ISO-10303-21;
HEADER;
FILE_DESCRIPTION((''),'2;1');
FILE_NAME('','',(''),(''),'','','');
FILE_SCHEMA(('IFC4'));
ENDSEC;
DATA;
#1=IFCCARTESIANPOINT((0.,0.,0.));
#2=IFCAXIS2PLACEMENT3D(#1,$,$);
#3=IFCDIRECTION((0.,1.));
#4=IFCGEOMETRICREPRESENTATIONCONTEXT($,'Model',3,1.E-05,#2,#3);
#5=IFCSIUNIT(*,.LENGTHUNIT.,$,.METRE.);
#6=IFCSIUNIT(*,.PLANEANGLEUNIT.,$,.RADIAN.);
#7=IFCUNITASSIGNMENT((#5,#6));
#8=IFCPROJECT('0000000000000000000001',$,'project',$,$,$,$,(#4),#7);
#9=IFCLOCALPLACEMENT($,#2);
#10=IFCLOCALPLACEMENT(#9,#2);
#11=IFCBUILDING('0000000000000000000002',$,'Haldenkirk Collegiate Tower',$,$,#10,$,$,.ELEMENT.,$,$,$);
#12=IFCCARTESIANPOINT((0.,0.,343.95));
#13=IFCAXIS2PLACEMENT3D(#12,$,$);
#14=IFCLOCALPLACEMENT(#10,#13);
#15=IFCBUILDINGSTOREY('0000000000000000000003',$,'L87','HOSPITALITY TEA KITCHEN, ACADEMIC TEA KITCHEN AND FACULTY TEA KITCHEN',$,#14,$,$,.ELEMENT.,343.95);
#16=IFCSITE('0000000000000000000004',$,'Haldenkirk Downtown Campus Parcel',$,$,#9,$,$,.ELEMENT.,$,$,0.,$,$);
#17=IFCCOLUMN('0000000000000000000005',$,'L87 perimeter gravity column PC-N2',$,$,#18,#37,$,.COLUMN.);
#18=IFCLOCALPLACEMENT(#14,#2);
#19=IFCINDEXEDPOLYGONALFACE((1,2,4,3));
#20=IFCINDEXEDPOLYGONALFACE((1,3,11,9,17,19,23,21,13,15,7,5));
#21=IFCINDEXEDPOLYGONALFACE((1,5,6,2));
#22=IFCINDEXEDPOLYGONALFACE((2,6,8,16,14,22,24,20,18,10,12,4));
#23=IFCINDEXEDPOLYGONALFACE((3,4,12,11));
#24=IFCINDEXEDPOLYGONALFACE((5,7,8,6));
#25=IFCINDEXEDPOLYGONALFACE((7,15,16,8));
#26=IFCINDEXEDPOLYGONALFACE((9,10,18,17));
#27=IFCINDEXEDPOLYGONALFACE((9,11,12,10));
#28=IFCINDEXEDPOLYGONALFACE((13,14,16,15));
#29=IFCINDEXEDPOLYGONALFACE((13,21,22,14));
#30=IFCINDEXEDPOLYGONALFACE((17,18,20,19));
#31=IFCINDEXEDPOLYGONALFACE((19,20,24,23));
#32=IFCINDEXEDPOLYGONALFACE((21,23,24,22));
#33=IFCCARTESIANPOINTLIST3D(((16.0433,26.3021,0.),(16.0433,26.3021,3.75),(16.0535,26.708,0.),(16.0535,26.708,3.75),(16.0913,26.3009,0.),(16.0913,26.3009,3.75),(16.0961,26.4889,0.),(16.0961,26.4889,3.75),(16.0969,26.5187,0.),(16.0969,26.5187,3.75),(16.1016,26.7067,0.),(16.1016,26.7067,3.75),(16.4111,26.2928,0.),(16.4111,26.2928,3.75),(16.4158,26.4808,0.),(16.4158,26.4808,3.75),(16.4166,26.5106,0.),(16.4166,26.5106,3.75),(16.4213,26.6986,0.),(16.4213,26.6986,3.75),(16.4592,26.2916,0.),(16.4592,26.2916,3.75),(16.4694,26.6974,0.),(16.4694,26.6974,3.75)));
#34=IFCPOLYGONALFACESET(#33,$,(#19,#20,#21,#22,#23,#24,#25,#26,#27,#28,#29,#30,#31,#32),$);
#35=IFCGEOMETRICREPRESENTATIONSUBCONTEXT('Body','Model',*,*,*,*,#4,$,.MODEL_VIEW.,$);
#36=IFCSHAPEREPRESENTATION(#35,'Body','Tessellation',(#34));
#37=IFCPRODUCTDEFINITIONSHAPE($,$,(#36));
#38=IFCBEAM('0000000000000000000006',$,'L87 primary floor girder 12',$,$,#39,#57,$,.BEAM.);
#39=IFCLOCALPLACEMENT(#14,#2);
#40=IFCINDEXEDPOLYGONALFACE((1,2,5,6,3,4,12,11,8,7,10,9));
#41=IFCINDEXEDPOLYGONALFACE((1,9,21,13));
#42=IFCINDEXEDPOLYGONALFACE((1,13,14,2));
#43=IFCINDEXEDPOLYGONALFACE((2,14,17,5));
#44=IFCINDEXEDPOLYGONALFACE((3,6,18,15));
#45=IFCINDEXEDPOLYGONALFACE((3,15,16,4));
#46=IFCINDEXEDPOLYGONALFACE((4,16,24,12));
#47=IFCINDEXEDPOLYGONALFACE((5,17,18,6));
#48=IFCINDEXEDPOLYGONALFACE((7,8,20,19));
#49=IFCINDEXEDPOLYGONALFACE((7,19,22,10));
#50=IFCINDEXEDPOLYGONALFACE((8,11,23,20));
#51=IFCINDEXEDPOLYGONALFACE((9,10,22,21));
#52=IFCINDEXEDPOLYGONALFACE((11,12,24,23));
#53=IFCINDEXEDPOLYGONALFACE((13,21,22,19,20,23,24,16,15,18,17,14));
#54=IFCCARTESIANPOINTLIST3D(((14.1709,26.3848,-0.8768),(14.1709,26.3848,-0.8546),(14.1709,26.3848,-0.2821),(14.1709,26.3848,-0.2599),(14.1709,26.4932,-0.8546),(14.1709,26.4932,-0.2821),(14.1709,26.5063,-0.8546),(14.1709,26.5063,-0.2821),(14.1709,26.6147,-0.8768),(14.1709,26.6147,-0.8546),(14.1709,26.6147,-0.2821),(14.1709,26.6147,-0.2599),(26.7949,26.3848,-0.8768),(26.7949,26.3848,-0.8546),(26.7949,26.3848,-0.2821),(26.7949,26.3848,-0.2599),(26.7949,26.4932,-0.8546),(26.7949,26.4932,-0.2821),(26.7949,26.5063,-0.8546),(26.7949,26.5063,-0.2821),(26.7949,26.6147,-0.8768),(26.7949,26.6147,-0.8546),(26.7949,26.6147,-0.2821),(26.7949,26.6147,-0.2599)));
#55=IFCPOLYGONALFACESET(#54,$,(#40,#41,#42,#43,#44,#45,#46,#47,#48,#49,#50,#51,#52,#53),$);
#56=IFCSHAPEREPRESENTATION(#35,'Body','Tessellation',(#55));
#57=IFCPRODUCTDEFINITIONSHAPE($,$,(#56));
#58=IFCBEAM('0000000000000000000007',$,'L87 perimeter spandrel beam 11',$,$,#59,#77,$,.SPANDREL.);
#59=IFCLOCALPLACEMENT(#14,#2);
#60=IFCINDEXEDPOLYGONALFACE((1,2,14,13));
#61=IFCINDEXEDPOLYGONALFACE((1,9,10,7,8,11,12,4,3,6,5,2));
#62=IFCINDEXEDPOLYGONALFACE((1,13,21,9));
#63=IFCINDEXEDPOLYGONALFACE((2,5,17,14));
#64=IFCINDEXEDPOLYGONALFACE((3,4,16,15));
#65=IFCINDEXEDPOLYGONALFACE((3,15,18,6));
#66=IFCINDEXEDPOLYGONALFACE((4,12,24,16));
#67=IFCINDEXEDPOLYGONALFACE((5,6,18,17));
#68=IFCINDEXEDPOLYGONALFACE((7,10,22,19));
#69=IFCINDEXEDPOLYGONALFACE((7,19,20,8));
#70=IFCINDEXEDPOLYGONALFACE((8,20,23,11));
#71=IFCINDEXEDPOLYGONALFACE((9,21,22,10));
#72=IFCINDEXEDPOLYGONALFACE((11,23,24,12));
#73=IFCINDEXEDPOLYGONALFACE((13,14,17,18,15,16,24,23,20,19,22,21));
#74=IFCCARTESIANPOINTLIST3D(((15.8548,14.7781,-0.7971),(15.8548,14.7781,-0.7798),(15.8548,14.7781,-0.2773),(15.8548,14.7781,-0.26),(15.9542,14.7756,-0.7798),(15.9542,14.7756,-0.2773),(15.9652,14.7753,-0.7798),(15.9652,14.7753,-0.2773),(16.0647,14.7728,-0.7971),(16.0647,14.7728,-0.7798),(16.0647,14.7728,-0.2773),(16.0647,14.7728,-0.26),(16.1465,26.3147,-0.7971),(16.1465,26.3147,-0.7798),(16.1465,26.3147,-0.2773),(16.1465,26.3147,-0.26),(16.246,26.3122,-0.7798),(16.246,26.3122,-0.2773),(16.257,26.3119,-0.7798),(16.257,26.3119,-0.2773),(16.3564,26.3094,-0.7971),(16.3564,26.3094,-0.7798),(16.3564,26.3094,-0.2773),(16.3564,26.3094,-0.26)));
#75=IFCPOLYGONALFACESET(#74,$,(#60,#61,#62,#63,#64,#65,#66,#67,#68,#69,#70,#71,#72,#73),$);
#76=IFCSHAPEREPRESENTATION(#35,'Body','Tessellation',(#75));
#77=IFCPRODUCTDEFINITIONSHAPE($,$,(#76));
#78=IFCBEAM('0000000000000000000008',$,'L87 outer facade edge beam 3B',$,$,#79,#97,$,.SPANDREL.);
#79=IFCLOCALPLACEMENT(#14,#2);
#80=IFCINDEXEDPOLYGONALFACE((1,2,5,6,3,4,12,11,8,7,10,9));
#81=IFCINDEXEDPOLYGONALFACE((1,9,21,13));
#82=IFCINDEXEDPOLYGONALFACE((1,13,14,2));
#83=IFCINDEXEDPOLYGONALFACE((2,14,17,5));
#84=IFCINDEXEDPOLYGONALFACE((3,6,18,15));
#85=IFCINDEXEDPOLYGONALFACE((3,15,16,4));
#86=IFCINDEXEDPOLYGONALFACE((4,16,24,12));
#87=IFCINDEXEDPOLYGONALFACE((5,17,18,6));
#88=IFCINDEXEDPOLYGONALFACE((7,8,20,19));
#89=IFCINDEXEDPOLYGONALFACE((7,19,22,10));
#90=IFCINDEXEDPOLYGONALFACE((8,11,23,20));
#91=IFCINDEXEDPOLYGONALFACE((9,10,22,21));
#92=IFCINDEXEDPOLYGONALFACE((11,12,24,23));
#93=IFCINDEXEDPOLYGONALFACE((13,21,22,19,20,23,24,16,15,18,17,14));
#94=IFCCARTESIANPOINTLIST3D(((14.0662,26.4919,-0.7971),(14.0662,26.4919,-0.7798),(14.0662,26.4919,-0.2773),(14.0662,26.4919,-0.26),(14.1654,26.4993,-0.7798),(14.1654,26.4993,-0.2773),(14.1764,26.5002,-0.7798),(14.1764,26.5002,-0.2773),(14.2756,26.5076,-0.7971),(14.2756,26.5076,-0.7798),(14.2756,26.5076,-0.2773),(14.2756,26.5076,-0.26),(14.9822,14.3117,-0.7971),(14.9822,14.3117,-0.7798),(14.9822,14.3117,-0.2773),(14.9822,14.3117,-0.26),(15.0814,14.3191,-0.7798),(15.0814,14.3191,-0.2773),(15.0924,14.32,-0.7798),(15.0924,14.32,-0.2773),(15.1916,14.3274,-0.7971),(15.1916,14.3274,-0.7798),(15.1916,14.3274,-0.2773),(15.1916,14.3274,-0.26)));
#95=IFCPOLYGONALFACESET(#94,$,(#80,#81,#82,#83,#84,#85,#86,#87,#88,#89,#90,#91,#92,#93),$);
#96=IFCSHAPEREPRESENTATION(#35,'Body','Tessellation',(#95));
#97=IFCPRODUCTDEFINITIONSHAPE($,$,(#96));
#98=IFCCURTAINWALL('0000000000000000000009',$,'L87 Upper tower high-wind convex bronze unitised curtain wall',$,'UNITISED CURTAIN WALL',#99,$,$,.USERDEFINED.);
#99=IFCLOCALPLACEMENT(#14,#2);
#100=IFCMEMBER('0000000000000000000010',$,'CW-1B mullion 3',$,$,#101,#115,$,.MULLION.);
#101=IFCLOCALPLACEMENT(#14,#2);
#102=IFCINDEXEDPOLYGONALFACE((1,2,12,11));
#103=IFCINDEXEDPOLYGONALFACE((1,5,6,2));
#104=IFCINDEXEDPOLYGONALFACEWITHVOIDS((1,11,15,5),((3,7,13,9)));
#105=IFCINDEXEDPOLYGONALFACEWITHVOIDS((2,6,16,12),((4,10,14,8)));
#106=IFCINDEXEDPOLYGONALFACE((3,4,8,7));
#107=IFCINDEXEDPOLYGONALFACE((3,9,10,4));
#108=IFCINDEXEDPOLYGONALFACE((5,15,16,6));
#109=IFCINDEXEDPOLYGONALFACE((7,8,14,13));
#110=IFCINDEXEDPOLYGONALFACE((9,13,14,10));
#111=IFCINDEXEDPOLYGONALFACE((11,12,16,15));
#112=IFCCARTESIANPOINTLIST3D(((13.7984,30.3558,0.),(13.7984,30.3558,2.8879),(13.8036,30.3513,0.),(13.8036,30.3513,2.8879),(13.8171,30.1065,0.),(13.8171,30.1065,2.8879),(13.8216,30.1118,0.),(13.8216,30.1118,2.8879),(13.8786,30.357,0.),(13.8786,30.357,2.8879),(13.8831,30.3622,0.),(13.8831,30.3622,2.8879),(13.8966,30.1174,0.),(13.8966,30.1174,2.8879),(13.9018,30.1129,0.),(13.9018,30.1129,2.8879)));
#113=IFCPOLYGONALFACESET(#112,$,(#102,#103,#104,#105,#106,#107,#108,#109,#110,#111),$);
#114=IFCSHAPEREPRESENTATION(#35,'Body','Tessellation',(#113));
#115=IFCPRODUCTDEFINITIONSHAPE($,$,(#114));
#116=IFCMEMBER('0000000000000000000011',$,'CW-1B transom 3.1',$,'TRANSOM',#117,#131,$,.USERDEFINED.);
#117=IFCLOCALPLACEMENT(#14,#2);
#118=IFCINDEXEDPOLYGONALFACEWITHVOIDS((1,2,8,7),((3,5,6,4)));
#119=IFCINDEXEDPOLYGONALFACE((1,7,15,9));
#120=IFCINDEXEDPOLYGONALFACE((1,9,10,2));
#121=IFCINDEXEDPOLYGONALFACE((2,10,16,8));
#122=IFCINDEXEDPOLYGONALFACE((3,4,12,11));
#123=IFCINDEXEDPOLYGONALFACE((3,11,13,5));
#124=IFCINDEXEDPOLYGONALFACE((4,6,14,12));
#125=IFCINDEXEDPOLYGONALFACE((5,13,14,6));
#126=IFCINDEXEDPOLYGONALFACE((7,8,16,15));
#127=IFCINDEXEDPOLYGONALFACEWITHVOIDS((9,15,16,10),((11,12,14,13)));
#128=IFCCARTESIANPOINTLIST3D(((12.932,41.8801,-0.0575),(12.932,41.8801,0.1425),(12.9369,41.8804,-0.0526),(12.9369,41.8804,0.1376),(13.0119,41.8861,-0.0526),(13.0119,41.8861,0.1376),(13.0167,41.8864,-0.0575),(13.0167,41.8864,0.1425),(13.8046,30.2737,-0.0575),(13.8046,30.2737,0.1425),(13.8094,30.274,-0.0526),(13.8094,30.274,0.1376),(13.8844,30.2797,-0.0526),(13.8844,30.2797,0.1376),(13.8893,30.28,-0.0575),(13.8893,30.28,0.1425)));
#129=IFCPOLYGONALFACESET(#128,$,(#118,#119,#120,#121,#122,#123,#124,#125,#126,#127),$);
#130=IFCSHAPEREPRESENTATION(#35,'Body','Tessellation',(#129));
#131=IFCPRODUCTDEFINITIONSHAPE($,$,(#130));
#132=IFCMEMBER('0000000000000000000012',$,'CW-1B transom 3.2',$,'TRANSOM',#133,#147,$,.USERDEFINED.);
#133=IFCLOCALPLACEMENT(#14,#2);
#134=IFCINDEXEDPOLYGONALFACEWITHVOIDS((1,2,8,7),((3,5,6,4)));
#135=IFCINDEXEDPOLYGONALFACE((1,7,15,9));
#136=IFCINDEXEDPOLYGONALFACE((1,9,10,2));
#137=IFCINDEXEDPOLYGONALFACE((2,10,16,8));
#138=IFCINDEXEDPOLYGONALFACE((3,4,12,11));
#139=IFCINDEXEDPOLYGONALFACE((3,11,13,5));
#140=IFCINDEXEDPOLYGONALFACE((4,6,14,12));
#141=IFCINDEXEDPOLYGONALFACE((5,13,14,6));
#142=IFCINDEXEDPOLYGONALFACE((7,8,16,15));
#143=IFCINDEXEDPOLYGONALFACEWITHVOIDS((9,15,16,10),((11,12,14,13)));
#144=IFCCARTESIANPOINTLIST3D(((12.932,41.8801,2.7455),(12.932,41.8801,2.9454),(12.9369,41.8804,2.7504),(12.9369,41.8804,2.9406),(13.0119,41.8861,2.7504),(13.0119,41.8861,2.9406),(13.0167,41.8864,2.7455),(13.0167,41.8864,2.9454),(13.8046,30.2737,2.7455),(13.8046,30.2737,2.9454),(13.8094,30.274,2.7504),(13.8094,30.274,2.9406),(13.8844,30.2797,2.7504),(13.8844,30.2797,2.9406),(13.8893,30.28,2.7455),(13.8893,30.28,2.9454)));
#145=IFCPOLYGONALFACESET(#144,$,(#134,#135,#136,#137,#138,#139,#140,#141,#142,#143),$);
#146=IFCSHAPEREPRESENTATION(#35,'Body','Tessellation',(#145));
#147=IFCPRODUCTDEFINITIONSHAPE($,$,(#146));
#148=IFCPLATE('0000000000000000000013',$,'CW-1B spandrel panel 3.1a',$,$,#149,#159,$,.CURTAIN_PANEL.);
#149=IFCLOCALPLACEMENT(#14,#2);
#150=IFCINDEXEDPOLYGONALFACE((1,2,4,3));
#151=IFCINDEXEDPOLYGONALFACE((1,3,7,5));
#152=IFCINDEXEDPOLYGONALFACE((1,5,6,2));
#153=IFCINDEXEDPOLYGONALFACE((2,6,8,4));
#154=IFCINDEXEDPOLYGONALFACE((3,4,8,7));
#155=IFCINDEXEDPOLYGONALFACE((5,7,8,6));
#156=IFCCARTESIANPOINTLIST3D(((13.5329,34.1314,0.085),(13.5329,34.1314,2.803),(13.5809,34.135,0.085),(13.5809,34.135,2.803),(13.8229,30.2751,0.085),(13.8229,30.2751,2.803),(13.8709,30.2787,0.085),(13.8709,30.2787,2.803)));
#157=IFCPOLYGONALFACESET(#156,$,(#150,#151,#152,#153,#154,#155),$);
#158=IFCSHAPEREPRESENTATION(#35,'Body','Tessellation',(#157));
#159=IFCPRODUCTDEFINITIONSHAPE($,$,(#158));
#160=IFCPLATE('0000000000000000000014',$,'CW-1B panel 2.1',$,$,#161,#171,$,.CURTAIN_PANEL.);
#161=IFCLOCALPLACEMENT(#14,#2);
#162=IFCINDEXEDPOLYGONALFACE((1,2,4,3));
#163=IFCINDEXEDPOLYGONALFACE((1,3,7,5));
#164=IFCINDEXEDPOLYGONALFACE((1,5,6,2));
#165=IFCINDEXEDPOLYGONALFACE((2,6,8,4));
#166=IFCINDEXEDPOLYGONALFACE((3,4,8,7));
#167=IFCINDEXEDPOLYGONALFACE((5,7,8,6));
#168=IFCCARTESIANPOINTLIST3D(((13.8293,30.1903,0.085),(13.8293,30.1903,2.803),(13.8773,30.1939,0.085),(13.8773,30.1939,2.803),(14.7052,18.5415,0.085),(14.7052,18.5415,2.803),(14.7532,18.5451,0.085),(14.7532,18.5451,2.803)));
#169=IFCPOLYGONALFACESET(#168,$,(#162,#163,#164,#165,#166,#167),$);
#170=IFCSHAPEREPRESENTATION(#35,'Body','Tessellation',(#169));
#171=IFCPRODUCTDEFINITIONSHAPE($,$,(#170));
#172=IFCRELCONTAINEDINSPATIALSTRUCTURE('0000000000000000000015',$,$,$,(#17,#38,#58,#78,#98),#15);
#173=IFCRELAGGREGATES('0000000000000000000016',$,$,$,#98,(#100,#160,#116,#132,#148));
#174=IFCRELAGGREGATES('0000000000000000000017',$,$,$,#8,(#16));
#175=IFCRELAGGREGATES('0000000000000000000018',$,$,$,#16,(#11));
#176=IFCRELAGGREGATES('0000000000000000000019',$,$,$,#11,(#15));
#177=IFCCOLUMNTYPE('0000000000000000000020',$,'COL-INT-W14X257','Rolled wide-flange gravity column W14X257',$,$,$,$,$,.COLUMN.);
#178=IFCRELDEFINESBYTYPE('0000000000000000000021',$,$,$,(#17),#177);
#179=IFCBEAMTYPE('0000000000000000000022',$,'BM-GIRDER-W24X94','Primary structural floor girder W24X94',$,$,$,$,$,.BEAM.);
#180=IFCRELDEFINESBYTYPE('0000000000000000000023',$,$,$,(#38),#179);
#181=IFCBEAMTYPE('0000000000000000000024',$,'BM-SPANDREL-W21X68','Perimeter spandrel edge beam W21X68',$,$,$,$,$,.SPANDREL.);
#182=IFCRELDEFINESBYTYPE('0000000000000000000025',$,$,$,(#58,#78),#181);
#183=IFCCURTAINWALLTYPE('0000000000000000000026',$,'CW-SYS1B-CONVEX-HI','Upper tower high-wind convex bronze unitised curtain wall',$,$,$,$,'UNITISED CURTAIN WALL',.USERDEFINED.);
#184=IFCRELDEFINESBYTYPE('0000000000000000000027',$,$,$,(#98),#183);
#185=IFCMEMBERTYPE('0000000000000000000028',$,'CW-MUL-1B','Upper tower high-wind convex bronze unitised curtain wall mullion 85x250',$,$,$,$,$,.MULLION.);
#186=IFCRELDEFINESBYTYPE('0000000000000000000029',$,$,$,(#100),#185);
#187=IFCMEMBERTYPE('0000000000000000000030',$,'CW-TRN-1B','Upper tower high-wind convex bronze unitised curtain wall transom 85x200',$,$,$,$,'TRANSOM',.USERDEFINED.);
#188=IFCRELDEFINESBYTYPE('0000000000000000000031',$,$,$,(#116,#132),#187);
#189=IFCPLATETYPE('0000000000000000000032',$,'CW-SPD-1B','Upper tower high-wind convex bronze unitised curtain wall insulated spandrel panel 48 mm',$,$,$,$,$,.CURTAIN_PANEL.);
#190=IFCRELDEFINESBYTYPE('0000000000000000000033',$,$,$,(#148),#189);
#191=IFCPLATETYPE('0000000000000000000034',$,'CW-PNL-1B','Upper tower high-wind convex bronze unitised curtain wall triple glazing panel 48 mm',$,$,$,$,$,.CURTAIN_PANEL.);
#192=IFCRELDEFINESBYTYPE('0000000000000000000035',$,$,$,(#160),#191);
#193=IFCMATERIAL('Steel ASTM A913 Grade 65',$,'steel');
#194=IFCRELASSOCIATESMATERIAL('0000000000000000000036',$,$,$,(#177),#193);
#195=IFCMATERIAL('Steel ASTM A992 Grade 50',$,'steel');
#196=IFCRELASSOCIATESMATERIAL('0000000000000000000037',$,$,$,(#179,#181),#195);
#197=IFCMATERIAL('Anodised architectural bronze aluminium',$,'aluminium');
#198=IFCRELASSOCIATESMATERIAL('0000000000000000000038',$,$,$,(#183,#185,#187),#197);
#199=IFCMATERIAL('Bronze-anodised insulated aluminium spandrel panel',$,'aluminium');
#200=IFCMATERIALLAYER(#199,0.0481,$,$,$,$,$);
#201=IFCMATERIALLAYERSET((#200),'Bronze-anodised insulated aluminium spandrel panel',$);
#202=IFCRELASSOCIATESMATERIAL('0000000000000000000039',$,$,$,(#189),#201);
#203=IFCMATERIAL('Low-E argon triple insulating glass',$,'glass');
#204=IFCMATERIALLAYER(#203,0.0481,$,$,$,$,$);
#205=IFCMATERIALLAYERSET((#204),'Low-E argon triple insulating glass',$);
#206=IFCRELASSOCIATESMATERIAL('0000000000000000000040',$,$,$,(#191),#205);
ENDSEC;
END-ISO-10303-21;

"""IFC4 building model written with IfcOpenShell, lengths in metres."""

from ifc_helpers import new_model, si_unit, direction, frame, origin, origin_2d, place, context, subcontext, project, spatial, rectangle, hollow_rectangle, i_section, extrude, source, transform, mapped, material, layer, layer_set, material_profile, profile_set, type_object, element, aggregate, save


model = new_model("IFC4")

# Units and contexts
model_context = context("Model", 3, precision=1e-05, world=origin(), true_north=direction((0.0, 1.0)))
body_context = subcontext(model_context, "Body", "Model", "MODEL_VIEW")
ifc_project = project(units=[si_unit("LENGTHUNIT", "METRE"), si_unit("PLANEANGLEUNIT", "RADIAN")], contexts=[model_context])

# Site, building, storey
site_placement = place(None, origin())
site = spatial("IfcSite", under=ifc_project, at=site_placement, Name="Haldenkirk Downtown Campus Parcel", CompositionType="ELEMENT", RefElevation=0.0)
building_placement = place(site_placement, origin())
building = spatial("IfcBuilding", under=site, at=building_placement, Name="Haldenkirk Collegiate Tower", CompositionType="ELEMENT")
storey_placement = place(building_placement, frame((0.0, 0.0, 343.95)))
storey = spatial("IfcBuildingStorey", under=building, at=storey_placement, Name="L87", Description="HOSPITALITY TEA KITCHEN, ACADEMIC TEA KITCHEN AND FACULTY TEA KITCHEN", CompositionType="ELEMENT", Elevation=343.95)

# Column
ifc_material_1 = material(Name="Steel ASTM A913 Grade 65", Category="steel")
ifc_material_profile_1 = material_profile(ifc_material_1, i_section(OverallWidth=0.406, OverallDepth=0.416, WebThickness=0.0298, FlangeThickness=0.0481, at=origin_2d()), Name="W14X257")
ifc_profile_set_1 = profile_set([ifc_material_profile_1], Name="Steel ASTM A913 Grade 65")
column_type = type_object("IfcColumnType", Name="COL-INT-W14X257", Description="Rolled wide-flange gravity column W14X257", PredefinedType="COLUMN", material=ifc_profile_set_1)
column_placement = place(storey_placement, frame((16.2563, 26.4998, 0.0), z_axis=(0.0, 0.0, 1.0), x_axis=(0.025305, 0.99968, 0.0)))
element("IfcColumn", 1, at=column_placement, inside=storey, type_object=column_type, Name="L87 perimeter gravity column PC-N2", PredefinedType="COLUMN", context=body_context, shape_type="SweptSolid", body=[
    extrude(i_section(OverallWidth=0.406, OverallDepth=0.416, WebThickness=0.0298, FlangeThickness=0.0481, at=origin_2d()), origin(), (0.0, 0.0, 1.0), 3.75),
])

# Beams
ifc_material_2 = material(Name="Steel ASTM A992 Grade 50", Category="steel")
ifc_material_profile_2 = material_profile(ifc_material_2, i_section(OverallWidth=0.23, OverallDepth=0.6169, WebThickness=0.0132, FlangeThickness=0.0222, at=origin_2d()), Name="W24X94")
ifc_profile_set_2 = profile_set([ifc_material_profile_2], Name="Steel ASTM A992 Grade 50")
beam_type_1 = type_object("IfcBeamType", Name="BM-GIRDER-W24X94", Description="Primary structural floor girder W24X94", PredefinedType="BEAM", material=ifc_profile_set_2)
beam_1_placement = place(storey_placement, frame((14.1709, 26.4998, -0.5684), z_axis=(1.0, 0.0, 0.0), x_axis=(0.0, 1.0, 0.0)))
element("IfcBeam", 2, at=beam_1_placement, inside=storey, type_object=beam_type_1, Name="L87 primary floor girder 12", PredefinedType="BEAM", context=body_context, shape_type="SweptSolid", body=[
    extrude(i_section(OverallWidth=0.23, OverallDepth=0.6169, WebThickness=0.0132, FlangeThickness=0.0222, at=origin_2d()), origin(), (0.0, 0.0, 1.0), 12.624),
])
ifc_material_profile_3 = material_profile(ifc_material_2, i_section(OverallWidth=0.21, OverallDepth=0.5371, WebThickness=0.011, FlangeThickness=0.0173, at=origin_2d()), Name="W21X68")
ifc_profile_set_3 = profile_set([ifc_material_profile_3], Name="Steel ASTM A992 Grade 50")
beam_type_2 = type_object("IfcBeamType", Name="BM-SPANDREL-W21X68", Description="Perimeter spandrel edge beam W21X68", PredefinedType="SPANDREL", material=ifc_profile_set_3)
beam_2_placement = place(storey_placement, frame((16.2515, 26.312, -0.5286), z_axis=(-0.025281, -0.99968, 0.0), x_axis=(0.99968, -0.025281, 0.0)))
element("IfcBeam", 3, at=beam_2_placement, inside=storey, type_object=beam_type_2, Name="L87 perimeter spandrel beam 11", PredefinedType="SPANDREL", context=body_context, shape_type="SweptSolid", body=[
    extrude(i_section(OverallWidth=0.21, OverallDepth=0.5371, WebThickness=0.011, FlangeThickness=0.0173, at=origin_2d()), origin(), (0.0, 0.0, 1.0), 11.5403),
])
beam_3_placement = place(storey_placement, frame((14.1709, 26.4998, -0.5286), z_axis=(0.074994, -0.997184, 0.0), x_axis=(0.997184, 0.074994, 0.0)))
element("IfcBeam", 4, at=beam_3_placement, inside=storey, type_object=beam_type_2, Name="L87 outer facade edge beam 3B", PredefinedType="SPANDREL", context=body_context, shape_type="SweptSolid", body=[
    extrude(i_section(OverallWidth=0.21, OverallDepth=0.5371, WebThickness=0.011, FlangeThickness=0.0173, at=origin_2d()), origin(), (0.0, 0.0, 1.0), 12.2146),
])

# Curtain wall, members, plates
ifc_material_3 = material(Name="Anodised architectural bronze aluminium", Category="aluminium")
curtain_wall_type = type_object("IfcCurtainWallType", Name="CW-SYS1B-CONVEX-HI", Description="Upper tower high-wind convex bronze unitised curtain wall", ElementType="UNITISED CURTAIN WALL", PredefinedType="USERDEFINED", material=ifc_material_3)
curtain_wall_placement = place(storey_placement, origin())
curtain_wall = element("IfcCurtainWall", 5, at=curtain_wall_placement, inside=storey, type_object=curtain_wall_type, Name="L87 Upper tower high-wind convex bronze unitised curtain wall", ObjectType="UNITISED CURTAIN WALL", PredefinedType="USERDEFINED")
ifc_material_profile_4 = material_profile(ifc_material_3, hollow_rectangle(XDim=0.085, YDim=0.25, WallThickness=0.0049, at=origin_2d()), Name="CW-MUL-1B")
ifc_profile_set_4 = profile_set([ifc_material_profile_4], Name="Anodised architectural bronze aluminium")
member_type_1 = type_object("IfcMemberType", Name="CW-MUL-1B", Description="Upper tower high-wind convex bronze unitised curtain wall mullion 85x250", PredefinedType="MULLION", material=ifc_profile_set_4)
member_1_placement = place(storey_placement, frame((13.8501, 30.2344, 0.0), z_axis=(0.0, 0.0, 1.0), x_axis=(-0.997185, -0.074977, 0.0)))
member_1 = element("IfcMember", 6, at=member_1_placement, type_object=member_type_1, Name="CW-1B mullion 3", PredefinedType="MULLION", context=body_context, shape_type="SweptSolid", body=[
    extrude(hollow_rectangle(XDim=0.085, YDim=0.25, WallThickness=0.0049, at=origin_2d()), origin(), (0.0, 0.0, 1.0), 2.8879),
])
ifc_material_profile_5 = material_profile(ifc_material_3, hollow_rectangle(XDim=0.085, YDim=0.2, WallThickness=0.0049, at=origin_2d()), Name="CW-TRN-1B")
ifc_profile_set_5 = profile_set([ifc_material_profile_5], Name="Anodised architectural bronze aluminium")
member_type_2 = type_object("IfcMemberType", Name="CW-TRN-1B", Description="Upper tower high-wind convex bronze unitised curtain wall transom 85x200", ElementType="TRANSOM", PredefinedType="USERDEFINED", material=ifc_profile_set_5)
member_2_placement = place(storey_placement, frame((13.8469, 30.2769, 0.0425), z_axis=(-0.074967, 0.997186, 0.0), x_axis=(-0.997186, -0.074967, 0.0)))
member_2 = element("IfcMember", 7, at=member_2_placement, type_object=member_type_2, Name="CW-1B transom 3.1", ObjectType="TRANSOM", PredefinedType="USERDEFINED", context=body_context, shape_type="SweptSolid", body=[
    extrude(hollow_rectangle(XDim=0.085, YDim=0.2, WallThickness=0.0049, at=origin_2d()), origin(), (0.0, 0.0, 1.0), 11.6392),
])
member_3_placement = place(storey_placement, frame((13.8469, 30.2769, 2.8455), z_axis=(-0.074967, 0.997186, 0.0), x_axis=(-0.997186, -0.074967, 0.0)))
member_3 = element("IfcMember", 8, at=member_3_placement, type_object=member_type_2, Name="CW-1B transom 3.2", ObjectType="TRANSOM", PredefinedType="USERDEFINED", context=body_context, shape_type="SweptSolid", body=[
    extrude(hollow_rectangle(XDim=0.085, YDim=0.2, WallThickness=0.0049, at=origin_2d()), origin(), (0.0, 0.0, 1.0), 11.6392),
])
ifc_material_4 = material(Name="Bronze-anodised insulated aluminium spandrel panel", Category="aluminium")
ifc_layer_1 = layer(ifc_material_4, 0.0481)
ifc_layer_set_1 = layer_set([ifc_layer_1], Name="Bronze-anodised insulated aluminium spandrel panel")
plate_type_1 = type_object("IfcPlateType", Name="CW-SPD-1B", Description="Upper tower high-wind convex bronze unitised curtain wall insulated spandrel panel 48 mm", PredefinedType="CURTAIN_PANEL", material=ifc_layer_set_1)
shared_shape_1 = source(origin(), body_context, "Body", "SweptSolid", [
    extrude(rectangle(XDim=3.8672, YDim=0.0481, at=origin_2d()), origin(), (0.0, 0.0, 1.0), 2.718),
])
plate_1_placement = place(storey_placement, frame((13.7019, 32.2051, 0.085), z_axis=(0.0, 0.0, 1.0), x_axis=(-0.074977, 0.997185, 0.0)))
plate_1 = element("IfcPlate", 9, at=plate_1_placement, type_object=plate_type_1, Name="CW-1B spandrel panel 3.1a", PredefinedType="CURTAIN_PANEL", context=body_context, shape_type="MappedRepresentation", body=[
    mapped(shared_shape_1, transform((0.0, 0.0, 0.0), x_axis=(1.0, 0.0, 0.0), y_axis=(0.0, 1.0, 0.0), z_axis=(0.0, 0.0, 1.0), scale=1.0)),
])
ifc_material_5 = material(Name="Low-E argon triple insulating glass", Category="glass")
ifc_layer_2 = layer(ifc_material_5, 0.0481)
ifc_layer_set_2 = layer_set([ifc_layer_2], Name="Low-E argon triple insulating glass")
plate_type_2 = type_object("IfcPlateType", Name="CW-PNL-1B", Description="Upper tower high-wind convex bronze unitised curtain wall triple glazing panel 48 mm", PredefinedType="CURTAIN_PANEL", material=ifc_layer_set_2)
shared_shape_2 = source(origin(), body_context, "Body", "SweptSolid", [
    extrude(rectangle(XDim=11.6816, YDim=0.0481, at=origin_2d()), origin(), (0.0, 0.0, 1.0), 2.718),
])
plate_2_placement = place(storey_placement, frame((14.2913, 24.3677, 0.085), z_axis=(0.0, 0.0, 1.0), x_axis=(-0.074977, 0.997185, 0.0)))
plate_2 = element("IfcPlate", 10, at=plate_2_placement, type_object=plate_type_2, Name="CW-1B panel 2.1", PredefinedType="CURTAIN_PANEL", context=body_context, shape_type="MappedRepresentation", body=[
    mapped(shared_shape_2, transform((0.0, 0.0, 0.0), x_axis=(1.0, 0.0, 0.0), y_axis=(0.0, 1.0, 0.0), z_axis=(0.0, 0.0, 1.0), scale=1.0)),
])
aggregate(curtain_wall, [member_1, plate_2, member_2, member_3, plate_1])

save(model, "model.ifc")
